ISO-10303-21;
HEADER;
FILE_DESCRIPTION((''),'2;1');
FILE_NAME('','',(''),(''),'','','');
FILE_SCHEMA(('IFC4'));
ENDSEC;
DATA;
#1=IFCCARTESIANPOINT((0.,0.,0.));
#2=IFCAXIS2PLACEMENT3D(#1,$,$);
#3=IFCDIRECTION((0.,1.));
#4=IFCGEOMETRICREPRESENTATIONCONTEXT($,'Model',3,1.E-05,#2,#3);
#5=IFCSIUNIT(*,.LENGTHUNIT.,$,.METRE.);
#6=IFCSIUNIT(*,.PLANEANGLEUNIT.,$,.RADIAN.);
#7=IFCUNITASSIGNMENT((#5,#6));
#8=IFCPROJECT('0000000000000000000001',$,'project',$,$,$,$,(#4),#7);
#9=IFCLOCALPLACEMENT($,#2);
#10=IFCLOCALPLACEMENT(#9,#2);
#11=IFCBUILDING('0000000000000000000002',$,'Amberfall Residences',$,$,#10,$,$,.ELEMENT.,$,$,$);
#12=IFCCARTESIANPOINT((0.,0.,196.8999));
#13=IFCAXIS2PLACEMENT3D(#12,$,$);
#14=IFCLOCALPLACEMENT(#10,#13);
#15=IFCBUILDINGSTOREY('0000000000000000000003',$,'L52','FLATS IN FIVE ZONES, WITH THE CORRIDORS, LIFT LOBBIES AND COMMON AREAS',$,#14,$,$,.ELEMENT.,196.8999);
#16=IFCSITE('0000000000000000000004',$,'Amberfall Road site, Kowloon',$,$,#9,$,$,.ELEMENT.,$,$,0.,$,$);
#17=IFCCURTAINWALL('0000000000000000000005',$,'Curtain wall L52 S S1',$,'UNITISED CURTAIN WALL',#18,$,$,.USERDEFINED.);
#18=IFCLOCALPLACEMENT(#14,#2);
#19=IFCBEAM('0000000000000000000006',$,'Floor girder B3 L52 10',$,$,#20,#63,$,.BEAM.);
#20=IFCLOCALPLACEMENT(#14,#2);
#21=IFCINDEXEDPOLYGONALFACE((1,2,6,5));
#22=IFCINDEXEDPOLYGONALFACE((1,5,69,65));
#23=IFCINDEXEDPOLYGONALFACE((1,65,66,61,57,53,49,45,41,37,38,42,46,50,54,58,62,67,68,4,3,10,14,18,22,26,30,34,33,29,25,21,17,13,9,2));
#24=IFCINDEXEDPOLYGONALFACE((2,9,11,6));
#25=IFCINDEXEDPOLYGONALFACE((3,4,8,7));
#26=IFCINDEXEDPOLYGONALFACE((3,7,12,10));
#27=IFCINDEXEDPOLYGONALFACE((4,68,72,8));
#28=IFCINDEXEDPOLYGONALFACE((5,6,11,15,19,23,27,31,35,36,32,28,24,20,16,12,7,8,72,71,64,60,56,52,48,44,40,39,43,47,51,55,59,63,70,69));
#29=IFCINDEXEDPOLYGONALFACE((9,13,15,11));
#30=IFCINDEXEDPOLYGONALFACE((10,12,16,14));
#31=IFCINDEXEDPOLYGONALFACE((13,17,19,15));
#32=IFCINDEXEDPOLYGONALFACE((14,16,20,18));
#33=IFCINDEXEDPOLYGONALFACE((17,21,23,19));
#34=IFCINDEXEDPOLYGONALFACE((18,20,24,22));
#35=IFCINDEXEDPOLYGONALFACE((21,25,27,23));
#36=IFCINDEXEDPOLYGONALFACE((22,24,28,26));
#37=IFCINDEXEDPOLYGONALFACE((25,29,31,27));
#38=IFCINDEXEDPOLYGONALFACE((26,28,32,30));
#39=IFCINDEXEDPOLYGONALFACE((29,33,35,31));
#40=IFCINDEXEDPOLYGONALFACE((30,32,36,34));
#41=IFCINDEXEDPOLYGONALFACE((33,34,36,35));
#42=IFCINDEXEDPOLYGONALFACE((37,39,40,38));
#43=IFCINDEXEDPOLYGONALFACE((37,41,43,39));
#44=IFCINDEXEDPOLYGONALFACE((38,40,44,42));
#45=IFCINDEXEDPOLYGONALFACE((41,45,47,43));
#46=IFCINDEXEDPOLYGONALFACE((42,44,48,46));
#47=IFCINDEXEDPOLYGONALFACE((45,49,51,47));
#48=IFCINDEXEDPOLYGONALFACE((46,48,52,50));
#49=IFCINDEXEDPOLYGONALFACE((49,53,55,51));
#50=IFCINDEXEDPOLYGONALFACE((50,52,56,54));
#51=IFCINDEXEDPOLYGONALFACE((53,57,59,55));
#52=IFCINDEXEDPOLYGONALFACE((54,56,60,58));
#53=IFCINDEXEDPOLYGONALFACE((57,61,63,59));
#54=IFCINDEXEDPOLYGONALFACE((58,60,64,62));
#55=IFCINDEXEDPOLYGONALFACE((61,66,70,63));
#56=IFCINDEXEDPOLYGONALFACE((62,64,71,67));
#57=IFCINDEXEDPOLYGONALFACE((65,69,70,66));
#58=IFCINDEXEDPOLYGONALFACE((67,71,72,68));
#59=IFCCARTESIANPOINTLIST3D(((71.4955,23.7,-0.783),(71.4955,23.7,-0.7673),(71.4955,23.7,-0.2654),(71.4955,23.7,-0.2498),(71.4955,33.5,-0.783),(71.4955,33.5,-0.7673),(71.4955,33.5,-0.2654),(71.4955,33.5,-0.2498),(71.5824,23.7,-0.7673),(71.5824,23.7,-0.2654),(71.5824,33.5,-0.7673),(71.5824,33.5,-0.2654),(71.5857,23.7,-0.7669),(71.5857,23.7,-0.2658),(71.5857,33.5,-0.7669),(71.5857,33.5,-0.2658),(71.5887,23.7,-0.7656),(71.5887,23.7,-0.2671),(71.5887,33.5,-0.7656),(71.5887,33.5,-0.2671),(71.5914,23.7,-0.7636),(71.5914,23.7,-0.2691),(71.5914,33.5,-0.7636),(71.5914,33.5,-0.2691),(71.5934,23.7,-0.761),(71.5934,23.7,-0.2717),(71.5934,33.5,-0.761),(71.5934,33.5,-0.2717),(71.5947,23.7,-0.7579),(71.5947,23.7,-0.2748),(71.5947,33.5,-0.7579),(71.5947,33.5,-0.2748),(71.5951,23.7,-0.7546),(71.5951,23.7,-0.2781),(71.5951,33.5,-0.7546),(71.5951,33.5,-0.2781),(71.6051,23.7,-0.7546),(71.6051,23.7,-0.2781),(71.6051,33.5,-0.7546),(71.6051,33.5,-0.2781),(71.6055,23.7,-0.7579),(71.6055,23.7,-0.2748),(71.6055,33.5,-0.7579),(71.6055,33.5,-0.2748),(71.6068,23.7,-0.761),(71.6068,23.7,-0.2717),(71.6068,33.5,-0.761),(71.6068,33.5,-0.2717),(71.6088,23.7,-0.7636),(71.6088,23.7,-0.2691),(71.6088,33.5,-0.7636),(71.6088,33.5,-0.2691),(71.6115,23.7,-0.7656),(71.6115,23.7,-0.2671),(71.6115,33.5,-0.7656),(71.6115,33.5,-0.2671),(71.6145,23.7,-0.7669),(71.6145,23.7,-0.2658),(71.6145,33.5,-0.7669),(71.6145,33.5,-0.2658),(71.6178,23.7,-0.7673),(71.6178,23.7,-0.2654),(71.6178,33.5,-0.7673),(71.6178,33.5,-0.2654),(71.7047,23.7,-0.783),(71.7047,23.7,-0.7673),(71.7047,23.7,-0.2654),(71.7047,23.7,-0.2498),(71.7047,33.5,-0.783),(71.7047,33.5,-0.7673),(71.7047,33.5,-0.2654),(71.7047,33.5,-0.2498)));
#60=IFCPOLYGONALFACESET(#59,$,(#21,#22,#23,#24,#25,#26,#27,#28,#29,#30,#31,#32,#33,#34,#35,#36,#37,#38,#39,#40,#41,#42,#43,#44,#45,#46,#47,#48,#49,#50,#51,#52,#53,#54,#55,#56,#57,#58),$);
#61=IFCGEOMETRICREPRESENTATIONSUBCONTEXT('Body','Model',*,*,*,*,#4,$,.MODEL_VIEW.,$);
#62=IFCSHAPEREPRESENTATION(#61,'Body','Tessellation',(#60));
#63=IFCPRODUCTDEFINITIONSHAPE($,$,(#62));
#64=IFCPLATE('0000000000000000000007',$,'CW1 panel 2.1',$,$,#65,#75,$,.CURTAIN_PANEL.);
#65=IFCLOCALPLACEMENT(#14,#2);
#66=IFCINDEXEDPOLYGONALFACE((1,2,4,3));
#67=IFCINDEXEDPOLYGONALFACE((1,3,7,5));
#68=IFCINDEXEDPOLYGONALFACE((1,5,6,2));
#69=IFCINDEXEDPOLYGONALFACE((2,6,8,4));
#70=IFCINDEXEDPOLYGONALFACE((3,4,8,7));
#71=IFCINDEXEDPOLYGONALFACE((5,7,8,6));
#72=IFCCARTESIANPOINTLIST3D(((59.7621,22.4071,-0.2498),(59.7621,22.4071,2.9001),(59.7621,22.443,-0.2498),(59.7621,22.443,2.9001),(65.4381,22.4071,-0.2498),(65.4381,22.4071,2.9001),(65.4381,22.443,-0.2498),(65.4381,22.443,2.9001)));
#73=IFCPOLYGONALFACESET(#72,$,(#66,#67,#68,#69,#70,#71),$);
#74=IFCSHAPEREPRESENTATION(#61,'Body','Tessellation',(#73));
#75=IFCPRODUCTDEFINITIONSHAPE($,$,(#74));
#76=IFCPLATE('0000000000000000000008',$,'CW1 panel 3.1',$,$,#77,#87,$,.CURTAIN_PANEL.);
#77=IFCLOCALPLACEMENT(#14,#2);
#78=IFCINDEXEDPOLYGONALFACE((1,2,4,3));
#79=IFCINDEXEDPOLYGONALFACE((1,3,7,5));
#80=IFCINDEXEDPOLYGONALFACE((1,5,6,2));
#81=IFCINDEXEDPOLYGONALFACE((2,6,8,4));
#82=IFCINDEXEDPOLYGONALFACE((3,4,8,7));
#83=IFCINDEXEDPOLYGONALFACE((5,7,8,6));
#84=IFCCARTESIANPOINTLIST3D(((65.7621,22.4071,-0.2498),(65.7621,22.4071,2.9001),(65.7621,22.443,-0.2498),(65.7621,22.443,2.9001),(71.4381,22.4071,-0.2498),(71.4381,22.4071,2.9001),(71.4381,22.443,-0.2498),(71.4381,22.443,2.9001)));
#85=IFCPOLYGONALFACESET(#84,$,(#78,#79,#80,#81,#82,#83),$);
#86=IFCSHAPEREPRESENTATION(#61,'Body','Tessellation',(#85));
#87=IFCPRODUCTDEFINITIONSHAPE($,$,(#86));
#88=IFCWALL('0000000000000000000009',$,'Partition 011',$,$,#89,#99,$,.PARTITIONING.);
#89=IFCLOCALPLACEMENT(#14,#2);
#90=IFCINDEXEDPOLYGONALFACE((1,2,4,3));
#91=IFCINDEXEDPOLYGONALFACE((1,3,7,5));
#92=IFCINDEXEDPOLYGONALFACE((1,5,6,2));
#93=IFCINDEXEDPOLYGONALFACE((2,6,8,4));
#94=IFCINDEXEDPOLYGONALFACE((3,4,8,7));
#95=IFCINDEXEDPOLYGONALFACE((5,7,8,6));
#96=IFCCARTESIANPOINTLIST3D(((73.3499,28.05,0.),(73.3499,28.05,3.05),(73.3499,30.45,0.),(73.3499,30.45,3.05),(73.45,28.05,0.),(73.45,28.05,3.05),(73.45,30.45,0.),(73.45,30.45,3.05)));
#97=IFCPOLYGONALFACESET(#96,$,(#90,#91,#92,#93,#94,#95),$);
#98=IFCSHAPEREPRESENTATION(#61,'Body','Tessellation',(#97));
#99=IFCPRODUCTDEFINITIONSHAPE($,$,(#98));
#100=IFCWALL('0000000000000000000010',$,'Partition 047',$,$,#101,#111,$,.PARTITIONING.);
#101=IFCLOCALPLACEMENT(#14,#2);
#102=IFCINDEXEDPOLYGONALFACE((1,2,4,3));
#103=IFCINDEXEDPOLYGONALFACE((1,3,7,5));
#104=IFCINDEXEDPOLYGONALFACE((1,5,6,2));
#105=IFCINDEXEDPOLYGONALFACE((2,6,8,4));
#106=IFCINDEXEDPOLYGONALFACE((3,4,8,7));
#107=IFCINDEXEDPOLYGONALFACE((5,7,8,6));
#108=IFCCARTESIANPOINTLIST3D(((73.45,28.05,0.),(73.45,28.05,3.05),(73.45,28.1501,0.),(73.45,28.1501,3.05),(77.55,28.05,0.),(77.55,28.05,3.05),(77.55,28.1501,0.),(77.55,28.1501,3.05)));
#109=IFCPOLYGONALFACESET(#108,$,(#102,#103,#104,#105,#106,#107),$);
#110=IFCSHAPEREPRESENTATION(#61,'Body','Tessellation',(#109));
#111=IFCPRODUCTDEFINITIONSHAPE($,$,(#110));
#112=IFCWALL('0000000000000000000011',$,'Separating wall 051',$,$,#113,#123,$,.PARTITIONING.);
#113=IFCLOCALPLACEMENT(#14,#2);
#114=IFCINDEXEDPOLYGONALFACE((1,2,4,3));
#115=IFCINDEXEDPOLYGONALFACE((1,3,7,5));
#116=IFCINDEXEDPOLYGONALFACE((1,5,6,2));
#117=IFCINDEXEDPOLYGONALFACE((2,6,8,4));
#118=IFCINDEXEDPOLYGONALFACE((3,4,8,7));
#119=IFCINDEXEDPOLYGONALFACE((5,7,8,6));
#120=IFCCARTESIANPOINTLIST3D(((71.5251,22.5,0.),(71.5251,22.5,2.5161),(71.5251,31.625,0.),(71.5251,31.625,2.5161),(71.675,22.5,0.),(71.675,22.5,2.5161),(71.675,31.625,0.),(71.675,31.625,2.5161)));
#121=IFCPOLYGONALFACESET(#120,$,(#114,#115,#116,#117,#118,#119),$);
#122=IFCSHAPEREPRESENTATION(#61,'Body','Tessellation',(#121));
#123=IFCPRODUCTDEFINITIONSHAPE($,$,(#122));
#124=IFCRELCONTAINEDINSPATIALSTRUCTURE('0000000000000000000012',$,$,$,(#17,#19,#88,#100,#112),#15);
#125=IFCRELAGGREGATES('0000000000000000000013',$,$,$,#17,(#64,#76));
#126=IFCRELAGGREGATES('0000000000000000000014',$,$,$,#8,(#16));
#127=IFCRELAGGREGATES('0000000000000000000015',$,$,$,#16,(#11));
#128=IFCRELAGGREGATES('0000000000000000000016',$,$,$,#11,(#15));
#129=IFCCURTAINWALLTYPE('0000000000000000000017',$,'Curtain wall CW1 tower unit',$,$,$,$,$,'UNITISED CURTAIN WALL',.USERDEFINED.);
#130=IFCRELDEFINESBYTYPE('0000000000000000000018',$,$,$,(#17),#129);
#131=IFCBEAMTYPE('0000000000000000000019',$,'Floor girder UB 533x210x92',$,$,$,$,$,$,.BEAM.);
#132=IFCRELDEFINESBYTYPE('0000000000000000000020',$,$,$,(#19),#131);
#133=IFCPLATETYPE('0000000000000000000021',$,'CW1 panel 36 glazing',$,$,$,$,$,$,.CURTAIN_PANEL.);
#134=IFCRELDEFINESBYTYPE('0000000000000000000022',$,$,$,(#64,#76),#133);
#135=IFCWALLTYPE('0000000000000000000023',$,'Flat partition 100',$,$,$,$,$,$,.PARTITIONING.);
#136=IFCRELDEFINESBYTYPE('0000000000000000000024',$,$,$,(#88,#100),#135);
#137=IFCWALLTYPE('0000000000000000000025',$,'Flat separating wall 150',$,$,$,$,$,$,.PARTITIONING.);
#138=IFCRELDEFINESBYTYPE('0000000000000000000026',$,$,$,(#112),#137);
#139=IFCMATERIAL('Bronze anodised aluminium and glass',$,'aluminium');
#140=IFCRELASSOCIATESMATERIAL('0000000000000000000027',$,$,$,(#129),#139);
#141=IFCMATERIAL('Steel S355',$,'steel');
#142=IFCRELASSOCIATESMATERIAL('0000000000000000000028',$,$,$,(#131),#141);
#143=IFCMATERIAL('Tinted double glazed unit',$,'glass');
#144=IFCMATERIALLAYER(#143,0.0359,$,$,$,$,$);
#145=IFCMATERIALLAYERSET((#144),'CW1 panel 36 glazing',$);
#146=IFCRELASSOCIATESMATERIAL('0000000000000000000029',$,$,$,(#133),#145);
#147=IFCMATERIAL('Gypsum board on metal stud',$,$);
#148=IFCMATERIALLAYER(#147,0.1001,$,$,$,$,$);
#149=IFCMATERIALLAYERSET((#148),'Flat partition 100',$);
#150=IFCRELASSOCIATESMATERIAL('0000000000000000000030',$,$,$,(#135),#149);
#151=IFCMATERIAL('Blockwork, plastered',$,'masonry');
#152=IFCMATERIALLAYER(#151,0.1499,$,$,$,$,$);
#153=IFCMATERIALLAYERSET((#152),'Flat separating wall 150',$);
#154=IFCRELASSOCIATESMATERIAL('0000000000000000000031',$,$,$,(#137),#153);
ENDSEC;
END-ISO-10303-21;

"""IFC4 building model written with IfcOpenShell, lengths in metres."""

from ifc_helpers import new_model, si_unit, direction, frame, frame_2d, origin, origin_2d, place, context, subcontext, project, spatial, rectangle, i_section, extrude, material, layer, layer_set, material_profile, profile_set, type_object, element, aggregate, save


model = new_model("IFC4")

# Units and contexts
model_context = context("Model", 3, precision=1e-05, world=origin(), true_north=direction((0.0, 1.0)))
body_context = subcontext(model_context, "Body", "Model", "MODEL_VIEW")
ifc_project = project(units=[si_unit("LENGTHUNIT", "METRE"), si_unit("PLANEANGLEUNIT", "RADIAN")], contexts=[model_context])

# Site, building, storey
site_placement = place(None, origin())
site = spatial("IfcSite", under=ifc_project, at=site_placement, Name="Amberfall Road site, Kowloon", CompositionType="ELEMENT", RefElevation=0.0)
building_placement = place(site_placement, origin())
building = spatial("IfcBuilding", under=site, at=building_placement, Name="Amberfall Residences", CompositionType="ELEMENT")
storey_placement = place(building_placement, frame((0.0, 0.0, 196.8999)))
storey = spatial("IfcBuildingStorey", under=building, at=storey_placement, Name="L52", Description="FLATS IN FIVE ZONES, WITH THE CORRIDORS, LIFT LOBBIES AND COMMON AREAS", CompositionType="ELEMENT", Elevation=196.8999)

# Curtain wall
ifc_material_1 = material(Name="Bronze anodised aluminium and glass", Category="aluminium")
curtain_wall_type = type_object("IfcCurtainWallType", Name="Curtain wall CW1 tower unit", ElementType="UNITISED CURTAIN WALL", PredefinedType="USERDEFINED", material=ifc_material_1)
curtain_wall_placement = place(storey_placement, origin())
curtain_wall = element("IfcCurtainWall", 1, at=curtain_wall_placement, inside=storey, type_object=curtain_wall_type, Name="Curtain wall L52 S S1", ObjectType="UNITISED CURTAIN WALL", PredefinedType="USERDEFINED")

# Shared definitions
ifc_material_2 = material(Name="Steel S355", Category="steel")

# Beam
ifc_material_profile_1 = material_profile(ifc_material_2, i_section(OverallWidth=0.2092, OverallDepth=0.5332, WebThickness=0.01, FlangeThickness=0.0156, FilletRadius=0.0127, at=origin_2d()), Name="UB 533x210x92")
ifc_profile_set_1 = profile_set([ifc_material_profile_1], Name="Steel S355")
beam_type_1 = type_object("IfcBeamType", Name="Floor girder UB 533x210x92", PredefinedType="BEAM", material=ifc_profile_set_1)
for number, where, z_axis, x_axis, name in (
    (2, (71.6001, 23.7, -0.5164), (0.0, 1.0, 0.0), (-1.0, 0.0, 0.0), "Floor girder B3 L52 10"),
):
    element("IfcBeam", number, at=place(storey_placement, frame(where, z_axis=z_axis, x_axis=x_axis)), inside=storey, type_object=beam_type_1, Name=name, PredefinedType="BEAM", context=body_context, shape_type="SweptSolid", body=[
        extrude(i_section(OverallWidth=0.2092, OverallDepth=0.5332, WebThickness=0.01, FlangeThickness=0.0156, FilletRadius=0.0127, at=origin_2d()), origin(), (0.0, 0.0, 1.0), 9.8),
    ])

# Plates
ifc_material_3 = material(Name="Tinted double glazed unit", Category="glass")
ifc_layer_1 = layer(ifc_material_3, 0.0359)
ifc_layer_set_1 = layer_set([ifc_layer_1], Name="CW1 panel 36 glazing")
plate_type = type_object("IfcPlateType", Name="CW1 panel 36 glazing", PredefinedType="CURTAIN_PANEL", material=ifc_layer_set_1)
plate_1_placement = place(storey_placement, frame((62.6001, 22.425, -0.2498), z_axis=(0.0, 0.0, 1.0), x_axis=(1.0, 0.0, 0.0)))
plate_1 = element("IfcPlate", 3, at=plate_1_placement, type_object=plate_type, Name="CW1 panel 2.1", PredefinedType="CURTAIN_PANEL", context=body_context, shape_type="SweptSolid", body=[
    extrude(rectangle(XDim=5.676, YDim=0.0359, at=origin_2d()), origin(), (0.0, 0.0, 1.0), 3.1499),
])
plate_2_placement = place(storey_placement, frame((68.6001, 22.425, -0.2498), z_axis=(0.0, 0.0, 1.0), x_axis=(1.0, 0.0, 0.0)))
plate_2 = element("IfcPlate", 4, at=plate_2_placement, type_object=plate_type, Name="CW1 panel 3.1", PredefinedType="CURTAIN_PANEL", context=body_context, shape_type="SweptSolid", body=[
    extrude(rectangle(XDim=5.676, YDim=0.0359, at=origin_2d()), origin(), (0.0, 0.0, 1.0), 3.1499),
])
aggregate(curtain_wall, [plate_1, plate_2])

# Walls
ifc_material_4 = material(Name="Gypsum board on metal stud")
ifc_layer_2 = layer(ifc_material_4, 0.1001)
ifc_layer_set_2 = layer_set([ifc_layer_2], Name="Flat partition 100")
wall_type_1 = type_object("IfcWallType", Name="Flat partition 100", PredefinedType="PARTITIONING", material=ifc_layer_set_2)
wall_1_placement = place(storey_placement, frame((73.3999, 28.05, 0.0), z_axis=(0.0, 0.0, 1.0), x_axis=(0.0, 1.0, 0.0)))
element("IfcWall", 5, at=wall_1_placement, inside=storey, type_object=wall_type_1, Name="Partition 011", PredefinedType="PARTITIONING", context=body_context, shape_type="SweptSolid", body=[
    extrude(rectangle(XDim=2.3999, YDim=0.1001, at=frame_2d((1.2, 0.0))), origin(), (0.0, 0.0, 1.0), 3.05),
])
wall_2_placement = place(storey_placement, frame((73.45, 28.1001, 0.0), z_axis=(0.0, 0.0, 1.0), x_axis=(1.0, 0.0, 0.0)))
element("IfcWall", 6, at=wall_2_placement, inside=storey, type_object=wall_type_1, Name="Partition 047", PredefinedType="PARTITIONING", context=body_context, shape_type="SweptSolid", body=[
    extrude(rectangle(XDim=4.1001, YDim=0.1001, at=frame_2d((2.05, 0.0))), origin(), (0.0, 0.0, 1.0), 3.05),
])
ifc_material_5 = material(Name="Blockwork, plastered", Category="masonry")
ifc_layer_3 = layer(ifc_material_5, 0.1499)
ifc_layer_set_3 = layer_set([ifc_layer_3], Name="Flat separating wall 150")
wall_type_2 = type_object("IfcWallType", Name="Flat separating wall 150", PredefinedType="PARTITIONING", material=ifc_layer_set_3)
wall_3_placement = place(storey_placement, frame((71.6001, 22.5, 0.0), z_axis=(0.0, 0.0, 1.0), x_axis=(0.0, 1.0, 0.0)))
element("IfcWall", 7, at=wall_3_placement, inside=storey, type_object=wall_type_2, Name="Separating wall 051", PredefinedType="PARTITIONING", context=body_context, shape_type="SweptSolid", body=[
    extrude(rectangle(XDim=9.125, YDim=0.1499, at=frame_2d((4.5625, 0.0))), origin(), (0.0, 0.0, 1.0), 2.5161),
])

save(model, "model.ifc")
